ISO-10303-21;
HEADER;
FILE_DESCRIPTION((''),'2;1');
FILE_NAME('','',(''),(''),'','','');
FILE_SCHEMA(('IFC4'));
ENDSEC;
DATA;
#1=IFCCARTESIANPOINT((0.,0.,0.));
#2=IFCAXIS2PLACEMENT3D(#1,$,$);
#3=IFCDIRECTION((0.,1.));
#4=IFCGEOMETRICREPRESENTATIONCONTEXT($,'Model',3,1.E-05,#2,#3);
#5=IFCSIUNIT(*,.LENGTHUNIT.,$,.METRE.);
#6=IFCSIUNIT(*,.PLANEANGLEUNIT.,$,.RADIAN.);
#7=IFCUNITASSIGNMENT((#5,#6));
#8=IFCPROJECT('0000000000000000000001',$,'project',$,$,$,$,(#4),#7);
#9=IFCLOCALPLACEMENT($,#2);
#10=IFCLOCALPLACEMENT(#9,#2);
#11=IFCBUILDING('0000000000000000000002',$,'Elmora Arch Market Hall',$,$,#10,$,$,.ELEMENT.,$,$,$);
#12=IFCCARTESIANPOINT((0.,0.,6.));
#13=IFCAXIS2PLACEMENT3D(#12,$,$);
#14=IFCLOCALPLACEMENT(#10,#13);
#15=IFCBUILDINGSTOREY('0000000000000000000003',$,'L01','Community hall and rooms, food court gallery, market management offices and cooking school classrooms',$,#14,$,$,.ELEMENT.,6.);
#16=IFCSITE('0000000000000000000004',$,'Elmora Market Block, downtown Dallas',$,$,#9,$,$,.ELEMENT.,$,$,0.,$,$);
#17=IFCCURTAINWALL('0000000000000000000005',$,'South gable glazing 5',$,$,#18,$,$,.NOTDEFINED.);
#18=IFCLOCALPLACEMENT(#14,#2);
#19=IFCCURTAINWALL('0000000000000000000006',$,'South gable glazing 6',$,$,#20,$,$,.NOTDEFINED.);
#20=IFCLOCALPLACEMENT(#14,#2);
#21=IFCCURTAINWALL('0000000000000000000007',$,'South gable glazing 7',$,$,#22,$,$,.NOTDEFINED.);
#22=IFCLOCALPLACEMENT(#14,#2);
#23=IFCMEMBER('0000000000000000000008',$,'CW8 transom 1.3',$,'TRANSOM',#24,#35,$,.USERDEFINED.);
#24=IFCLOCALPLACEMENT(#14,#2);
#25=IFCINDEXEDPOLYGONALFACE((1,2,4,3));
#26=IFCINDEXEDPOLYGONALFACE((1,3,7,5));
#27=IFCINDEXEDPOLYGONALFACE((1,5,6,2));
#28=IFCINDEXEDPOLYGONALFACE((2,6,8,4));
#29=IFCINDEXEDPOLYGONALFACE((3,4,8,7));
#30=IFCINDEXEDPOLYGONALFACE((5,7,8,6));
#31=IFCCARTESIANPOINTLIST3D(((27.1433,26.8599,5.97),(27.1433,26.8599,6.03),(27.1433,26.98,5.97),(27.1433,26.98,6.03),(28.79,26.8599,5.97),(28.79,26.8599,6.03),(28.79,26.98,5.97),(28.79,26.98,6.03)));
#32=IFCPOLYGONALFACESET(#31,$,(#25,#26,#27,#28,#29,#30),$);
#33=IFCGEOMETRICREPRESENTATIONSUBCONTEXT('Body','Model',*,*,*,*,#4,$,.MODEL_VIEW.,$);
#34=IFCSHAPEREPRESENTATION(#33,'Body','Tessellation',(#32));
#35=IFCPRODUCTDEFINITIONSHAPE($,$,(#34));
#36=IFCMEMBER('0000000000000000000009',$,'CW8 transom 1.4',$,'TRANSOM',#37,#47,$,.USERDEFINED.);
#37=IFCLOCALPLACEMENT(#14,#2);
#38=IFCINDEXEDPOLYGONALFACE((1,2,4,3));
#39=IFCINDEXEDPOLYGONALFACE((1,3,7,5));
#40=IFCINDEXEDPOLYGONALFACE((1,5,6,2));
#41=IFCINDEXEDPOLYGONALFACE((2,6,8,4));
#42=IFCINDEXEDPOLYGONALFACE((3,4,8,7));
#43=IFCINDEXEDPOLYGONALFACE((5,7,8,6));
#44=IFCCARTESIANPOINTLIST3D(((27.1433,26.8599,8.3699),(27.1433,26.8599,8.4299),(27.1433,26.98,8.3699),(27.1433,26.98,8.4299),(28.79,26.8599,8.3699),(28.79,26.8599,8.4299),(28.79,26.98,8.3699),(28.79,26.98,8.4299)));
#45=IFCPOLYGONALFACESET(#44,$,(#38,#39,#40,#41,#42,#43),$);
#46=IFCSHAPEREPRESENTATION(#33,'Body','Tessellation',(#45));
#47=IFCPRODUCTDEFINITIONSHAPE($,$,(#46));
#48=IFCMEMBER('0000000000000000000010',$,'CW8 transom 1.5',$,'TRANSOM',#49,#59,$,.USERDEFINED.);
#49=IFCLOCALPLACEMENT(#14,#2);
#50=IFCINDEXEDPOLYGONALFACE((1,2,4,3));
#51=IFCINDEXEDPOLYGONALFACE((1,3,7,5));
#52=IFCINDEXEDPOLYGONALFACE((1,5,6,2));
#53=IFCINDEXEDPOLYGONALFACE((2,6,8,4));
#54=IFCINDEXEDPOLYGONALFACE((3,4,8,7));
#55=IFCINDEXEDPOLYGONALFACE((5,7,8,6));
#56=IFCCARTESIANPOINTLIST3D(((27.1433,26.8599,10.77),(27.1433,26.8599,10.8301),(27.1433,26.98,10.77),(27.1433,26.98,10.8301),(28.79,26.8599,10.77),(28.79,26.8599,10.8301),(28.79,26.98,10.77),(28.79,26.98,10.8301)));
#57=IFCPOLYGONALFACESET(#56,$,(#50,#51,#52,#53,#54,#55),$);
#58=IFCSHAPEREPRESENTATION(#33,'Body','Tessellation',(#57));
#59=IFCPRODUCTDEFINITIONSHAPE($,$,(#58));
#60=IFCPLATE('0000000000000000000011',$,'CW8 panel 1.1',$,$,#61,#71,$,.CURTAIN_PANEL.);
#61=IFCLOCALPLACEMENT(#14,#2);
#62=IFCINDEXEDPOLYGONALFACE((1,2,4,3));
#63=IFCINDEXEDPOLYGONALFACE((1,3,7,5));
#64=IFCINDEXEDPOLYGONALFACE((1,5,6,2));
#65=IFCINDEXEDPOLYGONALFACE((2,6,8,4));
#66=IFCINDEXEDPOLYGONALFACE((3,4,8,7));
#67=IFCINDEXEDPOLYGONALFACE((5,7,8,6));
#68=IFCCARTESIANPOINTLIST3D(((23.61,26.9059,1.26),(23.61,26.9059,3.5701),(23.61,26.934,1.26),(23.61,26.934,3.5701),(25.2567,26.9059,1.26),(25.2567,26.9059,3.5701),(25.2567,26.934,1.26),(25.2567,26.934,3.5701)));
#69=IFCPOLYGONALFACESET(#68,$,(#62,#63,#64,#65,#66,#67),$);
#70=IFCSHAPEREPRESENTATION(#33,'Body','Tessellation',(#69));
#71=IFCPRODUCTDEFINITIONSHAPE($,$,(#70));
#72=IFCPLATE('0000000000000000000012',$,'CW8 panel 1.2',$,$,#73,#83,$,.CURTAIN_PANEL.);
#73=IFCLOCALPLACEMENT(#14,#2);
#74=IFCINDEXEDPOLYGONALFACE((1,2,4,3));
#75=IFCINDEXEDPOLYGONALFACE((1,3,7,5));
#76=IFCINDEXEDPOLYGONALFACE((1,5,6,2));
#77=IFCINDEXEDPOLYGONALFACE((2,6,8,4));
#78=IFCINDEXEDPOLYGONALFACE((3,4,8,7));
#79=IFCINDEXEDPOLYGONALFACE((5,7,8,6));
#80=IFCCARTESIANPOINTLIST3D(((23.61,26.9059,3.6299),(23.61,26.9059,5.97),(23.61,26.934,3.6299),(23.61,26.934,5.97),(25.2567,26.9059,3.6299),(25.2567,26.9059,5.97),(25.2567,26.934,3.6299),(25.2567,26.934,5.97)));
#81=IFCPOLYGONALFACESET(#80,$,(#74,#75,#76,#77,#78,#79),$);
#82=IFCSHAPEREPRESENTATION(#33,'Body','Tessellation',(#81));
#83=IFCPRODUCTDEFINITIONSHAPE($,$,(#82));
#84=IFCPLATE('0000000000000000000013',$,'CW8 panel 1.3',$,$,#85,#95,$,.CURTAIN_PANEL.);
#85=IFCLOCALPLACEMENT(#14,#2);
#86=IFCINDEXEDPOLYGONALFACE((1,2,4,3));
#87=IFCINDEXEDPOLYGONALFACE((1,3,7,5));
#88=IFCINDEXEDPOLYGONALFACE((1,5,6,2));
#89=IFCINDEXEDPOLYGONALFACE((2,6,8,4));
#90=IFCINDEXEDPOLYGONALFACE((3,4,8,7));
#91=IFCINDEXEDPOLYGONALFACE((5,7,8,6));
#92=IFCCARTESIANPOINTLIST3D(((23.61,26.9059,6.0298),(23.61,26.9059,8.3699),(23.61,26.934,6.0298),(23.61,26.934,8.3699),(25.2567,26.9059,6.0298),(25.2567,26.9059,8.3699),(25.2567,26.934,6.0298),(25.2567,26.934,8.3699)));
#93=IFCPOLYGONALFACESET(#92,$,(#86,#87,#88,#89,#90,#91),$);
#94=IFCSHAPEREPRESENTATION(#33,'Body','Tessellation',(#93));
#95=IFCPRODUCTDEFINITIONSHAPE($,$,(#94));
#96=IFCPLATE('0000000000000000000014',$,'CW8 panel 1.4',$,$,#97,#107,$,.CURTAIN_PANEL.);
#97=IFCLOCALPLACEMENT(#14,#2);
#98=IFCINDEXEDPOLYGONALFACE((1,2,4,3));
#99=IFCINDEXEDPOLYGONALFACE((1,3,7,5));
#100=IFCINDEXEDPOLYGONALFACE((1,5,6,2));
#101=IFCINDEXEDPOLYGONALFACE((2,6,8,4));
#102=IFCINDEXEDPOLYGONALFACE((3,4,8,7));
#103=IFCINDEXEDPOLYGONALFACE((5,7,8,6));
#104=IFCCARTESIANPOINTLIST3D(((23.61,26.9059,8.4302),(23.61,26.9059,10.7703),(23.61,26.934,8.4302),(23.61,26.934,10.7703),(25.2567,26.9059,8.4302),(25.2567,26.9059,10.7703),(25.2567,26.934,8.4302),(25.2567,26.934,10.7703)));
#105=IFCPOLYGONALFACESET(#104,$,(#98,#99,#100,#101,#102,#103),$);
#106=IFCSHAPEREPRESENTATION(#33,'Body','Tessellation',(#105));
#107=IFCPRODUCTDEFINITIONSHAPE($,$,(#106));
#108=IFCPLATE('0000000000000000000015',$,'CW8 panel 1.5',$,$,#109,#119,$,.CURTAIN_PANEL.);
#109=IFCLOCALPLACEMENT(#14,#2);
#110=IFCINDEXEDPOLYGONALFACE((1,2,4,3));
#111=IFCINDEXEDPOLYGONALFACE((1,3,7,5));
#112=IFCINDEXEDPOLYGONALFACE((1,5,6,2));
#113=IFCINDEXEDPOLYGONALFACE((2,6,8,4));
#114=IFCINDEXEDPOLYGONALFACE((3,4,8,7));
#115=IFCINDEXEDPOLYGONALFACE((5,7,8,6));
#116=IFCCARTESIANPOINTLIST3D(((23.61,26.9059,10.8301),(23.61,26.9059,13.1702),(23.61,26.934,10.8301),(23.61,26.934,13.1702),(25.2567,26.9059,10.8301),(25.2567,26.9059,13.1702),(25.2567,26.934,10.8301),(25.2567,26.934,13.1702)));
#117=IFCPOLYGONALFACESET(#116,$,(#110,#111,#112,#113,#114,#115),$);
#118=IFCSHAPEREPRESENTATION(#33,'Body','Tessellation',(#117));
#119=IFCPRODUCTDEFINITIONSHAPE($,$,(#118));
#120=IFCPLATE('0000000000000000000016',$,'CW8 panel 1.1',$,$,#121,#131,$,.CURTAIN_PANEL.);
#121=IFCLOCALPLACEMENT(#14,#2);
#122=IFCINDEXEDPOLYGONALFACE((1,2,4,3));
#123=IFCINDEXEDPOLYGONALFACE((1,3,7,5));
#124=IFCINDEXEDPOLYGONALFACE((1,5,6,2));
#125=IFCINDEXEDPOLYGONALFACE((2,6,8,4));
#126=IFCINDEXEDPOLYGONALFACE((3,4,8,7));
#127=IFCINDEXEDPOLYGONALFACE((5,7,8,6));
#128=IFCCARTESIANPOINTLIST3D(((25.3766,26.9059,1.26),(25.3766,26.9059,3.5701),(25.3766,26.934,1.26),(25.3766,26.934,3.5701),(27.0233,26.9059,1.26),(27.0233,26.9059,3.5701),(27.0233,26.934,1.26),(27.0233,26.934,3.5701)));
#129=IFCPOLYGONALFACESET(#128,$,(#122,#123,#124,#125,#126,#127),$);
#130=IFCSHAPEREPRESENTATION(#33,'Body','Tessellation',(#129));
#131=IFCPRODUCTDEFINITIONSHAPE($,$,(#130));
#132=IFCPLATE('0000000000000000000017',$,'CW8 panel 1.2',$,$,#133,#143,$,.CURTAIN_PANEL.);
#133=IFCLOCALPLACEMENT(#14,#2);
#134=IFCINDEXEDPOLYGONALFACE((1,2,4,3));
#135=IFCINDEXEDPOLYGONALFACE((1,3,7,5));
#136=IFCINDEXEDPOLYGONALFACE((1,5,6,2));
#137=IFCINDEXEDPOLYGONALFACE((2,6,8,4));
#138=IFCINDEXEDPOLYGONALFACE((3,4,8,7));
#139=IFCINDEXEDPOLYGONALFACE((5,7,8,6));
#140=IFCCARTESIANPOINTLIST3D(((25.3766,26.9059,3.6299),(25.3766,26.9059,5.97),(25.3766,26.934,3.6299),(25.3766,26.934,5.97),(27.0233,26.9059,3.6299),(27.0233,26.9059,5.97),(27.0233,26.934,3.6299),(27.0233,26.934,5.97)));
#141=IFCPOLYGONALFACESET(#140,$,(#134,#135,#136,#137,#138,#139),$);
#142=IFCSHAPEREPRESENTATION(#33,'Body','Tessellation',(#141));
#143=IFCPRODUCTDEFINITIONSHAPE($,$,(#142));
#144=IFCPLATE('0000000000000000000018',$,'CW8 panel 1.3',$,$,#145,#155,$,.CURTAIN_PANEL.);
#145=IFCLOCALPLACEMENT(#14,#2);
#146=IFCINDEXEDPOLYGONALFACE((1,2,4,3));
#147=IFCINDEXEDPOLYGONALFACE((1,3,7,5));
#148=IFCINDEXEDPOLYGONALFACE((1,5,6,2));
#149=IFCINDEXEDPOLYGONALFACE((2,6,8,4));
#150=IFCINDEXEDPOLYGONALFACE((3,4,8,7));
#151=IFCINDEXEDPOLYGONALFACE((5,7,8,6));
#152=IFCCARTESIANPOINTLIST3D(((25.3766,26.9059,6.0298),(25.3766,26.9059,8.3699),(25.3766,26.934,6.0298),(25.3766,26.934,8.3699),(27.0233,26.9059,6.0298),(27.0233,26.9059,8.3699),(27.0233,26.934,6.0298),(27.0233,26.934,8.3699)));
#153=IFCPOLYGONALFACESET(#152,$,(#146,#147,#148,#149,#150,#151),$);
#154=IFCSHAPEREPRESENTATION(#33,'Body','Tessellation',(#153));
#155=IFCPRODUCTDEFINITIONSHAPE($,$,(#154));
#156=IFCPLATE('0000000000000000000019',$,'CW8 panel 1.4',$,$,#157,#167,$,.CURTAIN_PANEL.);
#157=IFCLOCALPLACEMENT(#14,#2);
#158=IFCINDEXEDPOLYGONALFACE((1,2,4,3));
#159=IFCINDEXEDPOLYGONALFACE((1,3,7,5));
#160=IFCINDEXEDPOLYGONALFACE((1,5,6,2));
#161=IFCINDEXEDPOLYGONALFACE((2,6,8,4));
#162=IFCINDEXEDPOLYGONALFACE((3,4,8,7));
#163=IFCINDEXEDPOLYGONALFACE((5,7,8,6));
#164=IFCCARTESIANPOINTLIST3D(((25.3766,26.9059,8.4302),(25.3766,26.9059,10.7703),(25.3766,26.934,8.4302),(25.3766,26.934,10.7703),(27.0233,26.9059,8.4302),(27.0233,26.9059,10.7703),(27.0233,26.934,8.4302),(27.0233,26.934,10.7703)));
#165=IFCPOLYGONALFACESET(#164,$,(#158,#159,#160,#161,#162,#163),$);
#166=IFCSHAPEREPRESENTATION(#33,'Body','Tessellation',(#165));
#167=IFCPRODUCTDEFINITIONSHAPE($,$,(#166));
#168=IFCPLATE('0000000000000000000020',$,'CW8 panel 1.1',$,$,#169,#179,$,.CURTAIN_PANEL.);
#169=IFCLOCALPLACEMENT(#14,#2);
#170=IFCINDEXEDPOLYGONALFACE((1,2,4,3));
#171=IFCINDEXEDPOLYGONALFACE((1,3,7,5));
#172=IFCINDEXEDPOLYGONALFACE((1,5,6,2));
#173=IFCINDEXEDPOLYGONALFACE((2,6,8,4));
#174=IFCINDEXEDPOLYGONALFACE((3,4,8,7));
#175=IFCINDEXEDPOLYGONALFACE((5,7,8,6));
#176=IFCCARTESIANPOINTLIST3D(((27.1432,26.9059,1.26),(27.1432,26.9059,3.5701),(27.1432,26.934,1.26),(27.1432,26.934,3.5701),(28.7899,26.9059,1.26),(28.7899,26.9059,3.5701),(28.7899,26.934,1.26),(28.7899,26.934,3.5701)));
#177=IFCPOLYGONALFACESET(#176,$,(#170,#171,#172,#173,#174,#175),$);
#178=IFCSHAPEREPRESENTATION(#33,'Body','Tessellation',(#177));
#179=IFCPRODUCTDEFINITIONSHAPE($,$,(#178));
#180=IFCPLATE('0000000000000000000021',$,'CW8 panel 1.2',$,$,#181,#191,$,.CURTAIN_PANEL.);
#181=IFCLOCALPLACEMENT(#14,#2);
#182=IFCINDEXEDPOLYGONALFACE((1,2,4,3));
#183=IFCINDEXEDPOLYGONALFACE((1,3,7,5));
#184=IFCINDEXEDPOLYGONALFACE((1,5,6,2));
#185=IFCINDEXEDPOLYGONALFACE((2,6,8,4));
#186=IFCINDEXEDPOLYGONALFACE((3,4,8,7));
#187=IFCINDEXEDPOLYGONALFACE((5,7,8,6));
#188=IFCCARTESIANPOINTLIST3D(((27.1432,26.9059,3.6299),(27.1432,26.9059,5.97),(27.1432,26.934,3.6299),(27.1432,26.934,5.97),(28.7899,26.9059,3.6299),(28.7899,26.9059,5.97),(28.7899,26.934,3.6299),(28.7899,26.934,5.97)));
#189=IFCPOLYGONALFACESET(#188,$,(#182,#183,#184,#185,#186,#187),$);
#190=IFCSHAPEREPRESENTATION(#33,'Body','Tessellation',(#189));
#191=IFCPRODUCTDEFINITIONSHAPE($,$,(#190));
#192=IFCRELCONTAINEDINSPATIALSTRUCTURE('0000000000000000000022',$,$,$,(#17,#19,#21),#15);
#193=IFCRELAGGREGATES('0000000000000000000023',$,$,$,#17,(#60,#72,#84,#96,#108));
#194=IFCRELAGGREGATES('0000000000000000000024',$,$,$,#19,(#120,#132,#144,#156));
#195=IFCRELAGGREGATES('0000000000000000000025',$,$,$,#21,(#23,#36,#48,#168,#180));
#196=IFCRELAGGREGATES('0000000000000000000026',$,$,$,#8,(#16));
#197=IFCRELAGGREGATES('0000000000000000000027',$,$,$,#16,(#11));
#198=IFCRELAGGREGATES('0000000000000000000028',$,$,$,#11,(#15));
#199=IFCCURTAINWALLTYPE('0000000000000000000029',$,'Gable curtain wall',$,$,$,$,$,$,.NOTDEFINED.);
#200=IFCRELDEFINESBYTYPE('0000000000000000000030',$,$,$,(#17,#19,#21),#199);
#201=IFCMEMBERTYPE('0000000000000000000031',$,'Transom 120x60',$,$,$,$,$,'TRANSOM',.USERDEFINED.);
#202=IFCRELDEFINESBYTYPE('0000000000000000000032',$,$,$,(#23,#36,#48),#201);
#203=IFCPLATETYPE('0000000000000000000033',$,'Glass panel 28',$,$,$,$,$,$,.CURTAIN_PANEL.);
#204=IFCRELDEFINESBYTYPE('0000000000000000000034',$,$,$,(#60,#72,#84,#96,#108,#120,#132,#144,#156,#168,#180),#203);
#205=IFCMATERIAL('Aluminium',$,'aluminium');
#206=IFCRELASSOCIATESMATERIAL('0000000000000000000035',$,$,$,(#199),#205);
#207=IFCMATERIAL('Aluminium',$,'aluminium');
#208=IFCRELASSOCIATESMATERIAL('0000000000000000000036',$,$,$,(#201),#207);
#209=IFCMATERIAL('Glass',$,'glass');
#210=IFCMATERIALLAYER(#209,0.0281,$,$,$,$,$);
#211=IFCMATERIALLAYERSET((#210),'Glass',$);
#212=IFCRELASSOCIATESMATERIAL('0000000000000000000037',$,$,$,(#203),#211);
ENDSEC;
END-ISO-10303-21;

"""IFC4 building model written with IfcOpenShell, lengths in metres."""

from ifc_helpers import new_model, si_unit, direction, frame, origin, origin_2d, place, context, subcontext, project, spatial, rectangle, extrude, material, layer, layer_set, material_profile, profile_set, type_object, element, aggregate, save


model = new_model("IFC4")

# Units and contexts
model_context = context("Model", 3, precision=1e-05, world=origin(), true_north=direction((0.0, 1.0)))
body_context = subcontext(model_context, "Body", "Model", "MODEL_VIEW")
ifc_project = project(units=[si_unit("LENGTHUNIT", "METRE"), si_unit("PLANEANGLEUNIT", "RADIAN")], contexts=[model_context])

# Site, building, storey
site_placement = place(None, origin())
site = spatial("IfcSite", under=ifc_project, at=site_placement, Name="Elmora Market Block, downtown Dallas", CompositionType="ELEMENT", RefElevation=0.0)
building_placement = place(site_placement, origin())
building = spatial("IfcBuilding", under=site, at=building_placement, Name="Elmora Arch Market Hall", CompositionType="ELEMENT")
storey_placement = place(building_placement, frame((0.0, 0.0, 6.0)))
storey = spatial("IfcBuildingStorey", under=building, at=storey_placement, Name="L01", Description="Community hall and rooms, food court gallery, market management offices and cooking school classrooms", CompositionType="ELEMENT", Elevation=6.0)

# Curtain wall
ifc_material_1 = material(Name="Aluminium", Category="aluminium")
curtain_wall_type = type_object("IfcCurtainWallType", Name="Gable curtain wall", PredefinedType="NOTDEFINED", material=ifc_material_1)
curtain_wall_1_placement = place(storey_placement, origin())
curtain_wall_1 = element("IfcCurtainWall", 1, at=curtain_wall_1_placement, inside=storey, type_object=curtain_wall_type, Name="South gable glazing 5", PredefinedType="NOTDEFINED")

# Curtain wall
curtain_wall_2_placement = place(storey_placement, origin())
curtain_wall_2 = element("IfcCurtainWall", 2, at=curtain_wall_2_placement, inside=storey, type_object=curtain_wall_type, Name="South gable glazing 6", PredefinedType="NOTDEFINED")

# Curtain wall
curtain_wall_3_placement = place(storey_placement, origin())
curtain_wall_3 = element("IfcCurtainWall", 3, at=curtain_wall_3_placement, inside=storey, type_object=curtain_wall_type, Name="South gable glazing 7", PredefinedType="NOTDEFINED")

# Members
ifc_material_2 = material(Name="Aluminium", Category="aluminium")
ifc_material_profile_1 = material_profile(ifc_material_2, rectangle(XDim=0.1201, YDim=0.0601, at=origin_2d()), Name="AL 120x60")
ifc_profile_set_1 = profile_set([ifc_material_profile_1], Name="Aluminium")
member_type_1 = type_object("IfcMemberType", Name="Transom 120x60", ElementType="TRANSOM", PredefinedType="USERDEFINED", material=ifc_profile_set_1)
member_1_placement = place(storey_placement, frame((27.1433, 26.9199, 6.0), z_axis=(1.0, 0.0, 0.0), x_axis=(0.0, 1.0, 0.0)))
member_1 = element("IfcMember", 4, at=member_1_placement, type_object=member_type_1, Name="CW8 transom 1.3", ObjectType="TRANSOM", PredefinedType="USERDEFINED", context=body_context, shape_type="SweptSolid", body=[
    extrude(rectangle(XDim=0.1201, YDim=0.0601, at=origin_2d()), origin(), (0.0, 0.0, 1.0), 1.6467),
])
member_2_placement = place(storey_placement, frame((27.1433, 26.9199, 8.3999), z_axis=(1.0, 0.0, 0.0), x_axis=(0.0, 1.0, 0.0)))
member_2 = element("IfcMember", 5, at=member_2_placement, type_object=member_type_1, Name="CW8 transom 1.4", ObjectType="TRANSOM", PredefinedType="USERDEFINED", context=body_context, shape_type="SweptSolid", body=[
    extrude(rectangle(XDim=0.1201, YDim=0.0601, at=origin_2d()), origin(), (0.0, 0.0, 1.0), 1.6467),
])
member_3_placement = place(storey_placement, frame((27.1433, 26.9199, 10.8), z_axis=(1.0, 0.0, 0.0), x_axis=(0.0, 1.0, 0.0)))
member_3 = element("IfcMember", 6, at=member_3_placement, type_object=member_type_1, Name="CW8 transom 1.5", ObjectType="TRANSOM", PredefinedType="USERDEFINED", context=body_context, shape_type="SweptSolid", body=[
    extrude(rectangle(XDim=0.1201, YDim=0.0601, at=origin_2d()), origin(), (0.0, 0.0, 1.0), 1.6467),
])

# Plates
ifc_material_3 = material(Name="Glass", Category="glass")
ifc_layer = layer(ifc_material_3, 0.0281)
ifc_layer_set = layer_set([ifc_layer], Name="Glass")
plate_type = type_object("IfcPlateType", Name="Glass panel 28", PredefinedType="CURTAIN_PANEL", material=ifc_layer_set)
plate_1_placement = place(storey_placement, frame((24.4333, 26.9199, 1.26), z_axis=(0.0, 0.0, 1.0), x_axis=(1.0, 0.0, 0.0)))
plate_1 = element("IfcPlate", 7, at=plate_1_placement, type_object=plate_type, Name="CW8 panel 1.1", PredefinedType="CURTAIN_PANEL", context=body_context, shape_type="SweptSolid", body=[
    extrude(rectangle(XDim=1.6467, YDim=0.0281, at=origin_2d()), origin(), (0.0, 0.0, 1.0), 2.3101),
])
plate_2_placement = place(storey_placement, frame((24.4333, 26.9199, 3.6299), z_axis=(0.0, 0.0, 1.0), x_axis=(1.0, 0.0, 0.0)))
plate_2 = element("IfcPlate", 8, at=plate_2_placement, type_object=plate_type, Name="CW8 panel 1.2", PredefinedType="CURTAIN_PANEL", context=body_context, shape_type="SweptSolid", body=[
    extrude(rectangle(XDim=1.6467, YDim=0.0281, at=origin_2d()), origin(), (0.0, 0.0, 1.0), 2.3401),
])
plate_3_placement = place(storey_placement, frame((24.4333, 26.9199, 6.0298), z_axis=(0.0, 0.0, 1.0), x_axis=(1.0, 0.0, 0.0)))
plate_3 = element("IfcPlate", 9, at=plate_3_placement, type_object=plate_type, Name="CW8 panel 1.3", PredefinedType="CURTAIN_PANEL", context=body_context, shape_type="SweptSolid", body=[
    extrude(rectangle(XDim=1.6467, YDim=0.0281, at=origin_2d()), origin(), (0.0, 0.0, 1.0), 2.3401),
])
plate_4_placement = place(storey_placement, frame((24.4333, 26.9199, 8.4302), z_axis=(0.0, 0.0, 1.0), x_axis=(1.0, 0.0, 0.0)))
plate_4 = element("IfcPlate", 10, at=plate_4_placement, type_object=plate_type, Name="CW8 panel 1.4", PredefinedType="CURTAIN_PANEL", context=body_context, shape_type="SweptSolid", body=[
    extrude(rectangle(XDim=1.6467, YDim=0.0281, at=origin_2d()), origin(), (0.0, 0.0, 1.0), 2.3401),
])
plate_5_placement = place(storey_placement, frame((24.4333, 26.9199, 10.8301), z_axis=(0.0, 0.0, 1.0), x_axis=(1.0, 0.0, 0.0)))
plate_5 = element("IfcPlate", 11, at=plate_5_placement, type_object=plate_type, Name="CW8 panel 1.5", PredefinedType="CURTAIN_PANEL", context=body_context, shape_type="SweptSolid", body=[
    extrude(rectangle(XDim=1.6467, YDim=0.0281, at=origin_2d()), origin(), (0.0, 0.0, 1.0), 2.3401),
])
aggregate(curtain_wall_1, [plate_1, plate_2, plate_3, plate_4, plate_5])
plate_6_placement = place(storey_placement, frame((26.2, 26.9199, 1.26), z_axis=(0.0, 0.0, 1.0), x_axis=(1.0, 0.0, 0.0)))
plate_6 = element("IfcPlate", 12, at=plate_6_placement, type_object=plate_type, Name="CW8 panel 1.1", PredefinedType="CURTAIN_PANEL", context=body_context, shape_type="SweptSolid", body=[
    extrude(rectangle(XDim=1.6467, YDim=0.0281, at=origin_2d()), origin(), (0.0, 0.0, 1.0), 2.3101),
])
plate_7_placement = place(storey_placement, frame((26.2, 26.9199, 3.6299), z_axis=(0.0, 0.0, 1.0), x_axis=(1.0, 0.0, 0.0)))
plate_7 = element("IfcPlate", 13, at=plate_7_placement, type_object=plate_type, Name="CW8 panel 1.2", PredefinedType="CURTAIN_PANEL", context=body_context, shape_type="SweptSolid", body=[
    extrude(rectangle(XDim=1.6467, YDim=0.0281, at=origin_2d()), origin(), (0.0, 0.0, 1.0), 2.3401),
])
plate_8_placement = place(storey_placement, frame((26.2, 26.9199, 6.0298), z_axis=(0.0, 0.0, 1.0), x_axis=(1.0, 0.0, 0.0)))
plate_8 = element("IfcPlate", 14, at=plate_8_placement, type_object=plate_type, Name="CW8 panel 1.3", PredefinedType="CURTAIN_PANEL", context=body_context, shape_type="SweptSolid", body=[
    extrude(rectangle(XDim=1.6467, YDim=0.0281, at=origin_2d()), origin(), (0.0, 0.0, 1.0), 2.3401),
])
plate_9_placement = place(storey_placement, frame((26.2, 26.9199, 8.4302), z_axis=(0.0, 0.0, 1.0), x_axis=(1.0, 0.0, 0.0)))
plate_9 = element("IfcPlate", 15, at=plate_9_placement, type_object=plate_type, Name="CW8 panel 1.4", PredefinedType="CURTAIN_PANEL", context=body_context, shape_type="SweptSolid", body=[
    extrude(rectangle(XDim=1.6467, YDim=0.0281, at=origin_2d()), origin(), (0.0, 0.0, 1.0), 2.3401),
])
aggregate(curtain_wall_2, [plate_6, plate_7, plate_8, plate_9])
plate_10_placement = place(storey_placement, frame((27.9666, 26.9199, 1.26), z_axis=(0.0, 0.0, 1.0), x_axis=(1.0, 0.0, 0.0)))
plate_10 = element("IfcPlate", 16, at=plate_10_placement, type_object=plate_type, Name="CW8 panel 1.1", PredefinedType="CURTAIN_PANEL", context=body_context, shape_type="SweptSolid", body=[
    extrude(rectangle(XDim=1.6467, YDim=0.0281, at=origin_2d()), origin(), (0.0, 0.0, 1.0), 2.3101),
])
plate_11_placement = place(storey_placement, frame((27.9666, 26.9199, 3.6299), z_axis=(0.0, 0.0, 1.0), x_axis=(1.0, 0.0, 0.0)))
plate_11 = element("IfcPlate", 17, at=plate_11_placement, type_object=plate_type, Name="CW8 panel 1.2", PredefinedType="CURTAIN_PANEL", context=body_context, shape_type="SweptSolid", body=[
    extrude(rectangle(XDim=1.6467, YDim=0.0281, at=origin_2d()), origin(), (0.0, 0.0, 1.0), 2.3401),
])
aggregate(curtain_wall_3, [member_1, member_2, member_3, plate_10, plate_11])

save(model, "model.ifc")
